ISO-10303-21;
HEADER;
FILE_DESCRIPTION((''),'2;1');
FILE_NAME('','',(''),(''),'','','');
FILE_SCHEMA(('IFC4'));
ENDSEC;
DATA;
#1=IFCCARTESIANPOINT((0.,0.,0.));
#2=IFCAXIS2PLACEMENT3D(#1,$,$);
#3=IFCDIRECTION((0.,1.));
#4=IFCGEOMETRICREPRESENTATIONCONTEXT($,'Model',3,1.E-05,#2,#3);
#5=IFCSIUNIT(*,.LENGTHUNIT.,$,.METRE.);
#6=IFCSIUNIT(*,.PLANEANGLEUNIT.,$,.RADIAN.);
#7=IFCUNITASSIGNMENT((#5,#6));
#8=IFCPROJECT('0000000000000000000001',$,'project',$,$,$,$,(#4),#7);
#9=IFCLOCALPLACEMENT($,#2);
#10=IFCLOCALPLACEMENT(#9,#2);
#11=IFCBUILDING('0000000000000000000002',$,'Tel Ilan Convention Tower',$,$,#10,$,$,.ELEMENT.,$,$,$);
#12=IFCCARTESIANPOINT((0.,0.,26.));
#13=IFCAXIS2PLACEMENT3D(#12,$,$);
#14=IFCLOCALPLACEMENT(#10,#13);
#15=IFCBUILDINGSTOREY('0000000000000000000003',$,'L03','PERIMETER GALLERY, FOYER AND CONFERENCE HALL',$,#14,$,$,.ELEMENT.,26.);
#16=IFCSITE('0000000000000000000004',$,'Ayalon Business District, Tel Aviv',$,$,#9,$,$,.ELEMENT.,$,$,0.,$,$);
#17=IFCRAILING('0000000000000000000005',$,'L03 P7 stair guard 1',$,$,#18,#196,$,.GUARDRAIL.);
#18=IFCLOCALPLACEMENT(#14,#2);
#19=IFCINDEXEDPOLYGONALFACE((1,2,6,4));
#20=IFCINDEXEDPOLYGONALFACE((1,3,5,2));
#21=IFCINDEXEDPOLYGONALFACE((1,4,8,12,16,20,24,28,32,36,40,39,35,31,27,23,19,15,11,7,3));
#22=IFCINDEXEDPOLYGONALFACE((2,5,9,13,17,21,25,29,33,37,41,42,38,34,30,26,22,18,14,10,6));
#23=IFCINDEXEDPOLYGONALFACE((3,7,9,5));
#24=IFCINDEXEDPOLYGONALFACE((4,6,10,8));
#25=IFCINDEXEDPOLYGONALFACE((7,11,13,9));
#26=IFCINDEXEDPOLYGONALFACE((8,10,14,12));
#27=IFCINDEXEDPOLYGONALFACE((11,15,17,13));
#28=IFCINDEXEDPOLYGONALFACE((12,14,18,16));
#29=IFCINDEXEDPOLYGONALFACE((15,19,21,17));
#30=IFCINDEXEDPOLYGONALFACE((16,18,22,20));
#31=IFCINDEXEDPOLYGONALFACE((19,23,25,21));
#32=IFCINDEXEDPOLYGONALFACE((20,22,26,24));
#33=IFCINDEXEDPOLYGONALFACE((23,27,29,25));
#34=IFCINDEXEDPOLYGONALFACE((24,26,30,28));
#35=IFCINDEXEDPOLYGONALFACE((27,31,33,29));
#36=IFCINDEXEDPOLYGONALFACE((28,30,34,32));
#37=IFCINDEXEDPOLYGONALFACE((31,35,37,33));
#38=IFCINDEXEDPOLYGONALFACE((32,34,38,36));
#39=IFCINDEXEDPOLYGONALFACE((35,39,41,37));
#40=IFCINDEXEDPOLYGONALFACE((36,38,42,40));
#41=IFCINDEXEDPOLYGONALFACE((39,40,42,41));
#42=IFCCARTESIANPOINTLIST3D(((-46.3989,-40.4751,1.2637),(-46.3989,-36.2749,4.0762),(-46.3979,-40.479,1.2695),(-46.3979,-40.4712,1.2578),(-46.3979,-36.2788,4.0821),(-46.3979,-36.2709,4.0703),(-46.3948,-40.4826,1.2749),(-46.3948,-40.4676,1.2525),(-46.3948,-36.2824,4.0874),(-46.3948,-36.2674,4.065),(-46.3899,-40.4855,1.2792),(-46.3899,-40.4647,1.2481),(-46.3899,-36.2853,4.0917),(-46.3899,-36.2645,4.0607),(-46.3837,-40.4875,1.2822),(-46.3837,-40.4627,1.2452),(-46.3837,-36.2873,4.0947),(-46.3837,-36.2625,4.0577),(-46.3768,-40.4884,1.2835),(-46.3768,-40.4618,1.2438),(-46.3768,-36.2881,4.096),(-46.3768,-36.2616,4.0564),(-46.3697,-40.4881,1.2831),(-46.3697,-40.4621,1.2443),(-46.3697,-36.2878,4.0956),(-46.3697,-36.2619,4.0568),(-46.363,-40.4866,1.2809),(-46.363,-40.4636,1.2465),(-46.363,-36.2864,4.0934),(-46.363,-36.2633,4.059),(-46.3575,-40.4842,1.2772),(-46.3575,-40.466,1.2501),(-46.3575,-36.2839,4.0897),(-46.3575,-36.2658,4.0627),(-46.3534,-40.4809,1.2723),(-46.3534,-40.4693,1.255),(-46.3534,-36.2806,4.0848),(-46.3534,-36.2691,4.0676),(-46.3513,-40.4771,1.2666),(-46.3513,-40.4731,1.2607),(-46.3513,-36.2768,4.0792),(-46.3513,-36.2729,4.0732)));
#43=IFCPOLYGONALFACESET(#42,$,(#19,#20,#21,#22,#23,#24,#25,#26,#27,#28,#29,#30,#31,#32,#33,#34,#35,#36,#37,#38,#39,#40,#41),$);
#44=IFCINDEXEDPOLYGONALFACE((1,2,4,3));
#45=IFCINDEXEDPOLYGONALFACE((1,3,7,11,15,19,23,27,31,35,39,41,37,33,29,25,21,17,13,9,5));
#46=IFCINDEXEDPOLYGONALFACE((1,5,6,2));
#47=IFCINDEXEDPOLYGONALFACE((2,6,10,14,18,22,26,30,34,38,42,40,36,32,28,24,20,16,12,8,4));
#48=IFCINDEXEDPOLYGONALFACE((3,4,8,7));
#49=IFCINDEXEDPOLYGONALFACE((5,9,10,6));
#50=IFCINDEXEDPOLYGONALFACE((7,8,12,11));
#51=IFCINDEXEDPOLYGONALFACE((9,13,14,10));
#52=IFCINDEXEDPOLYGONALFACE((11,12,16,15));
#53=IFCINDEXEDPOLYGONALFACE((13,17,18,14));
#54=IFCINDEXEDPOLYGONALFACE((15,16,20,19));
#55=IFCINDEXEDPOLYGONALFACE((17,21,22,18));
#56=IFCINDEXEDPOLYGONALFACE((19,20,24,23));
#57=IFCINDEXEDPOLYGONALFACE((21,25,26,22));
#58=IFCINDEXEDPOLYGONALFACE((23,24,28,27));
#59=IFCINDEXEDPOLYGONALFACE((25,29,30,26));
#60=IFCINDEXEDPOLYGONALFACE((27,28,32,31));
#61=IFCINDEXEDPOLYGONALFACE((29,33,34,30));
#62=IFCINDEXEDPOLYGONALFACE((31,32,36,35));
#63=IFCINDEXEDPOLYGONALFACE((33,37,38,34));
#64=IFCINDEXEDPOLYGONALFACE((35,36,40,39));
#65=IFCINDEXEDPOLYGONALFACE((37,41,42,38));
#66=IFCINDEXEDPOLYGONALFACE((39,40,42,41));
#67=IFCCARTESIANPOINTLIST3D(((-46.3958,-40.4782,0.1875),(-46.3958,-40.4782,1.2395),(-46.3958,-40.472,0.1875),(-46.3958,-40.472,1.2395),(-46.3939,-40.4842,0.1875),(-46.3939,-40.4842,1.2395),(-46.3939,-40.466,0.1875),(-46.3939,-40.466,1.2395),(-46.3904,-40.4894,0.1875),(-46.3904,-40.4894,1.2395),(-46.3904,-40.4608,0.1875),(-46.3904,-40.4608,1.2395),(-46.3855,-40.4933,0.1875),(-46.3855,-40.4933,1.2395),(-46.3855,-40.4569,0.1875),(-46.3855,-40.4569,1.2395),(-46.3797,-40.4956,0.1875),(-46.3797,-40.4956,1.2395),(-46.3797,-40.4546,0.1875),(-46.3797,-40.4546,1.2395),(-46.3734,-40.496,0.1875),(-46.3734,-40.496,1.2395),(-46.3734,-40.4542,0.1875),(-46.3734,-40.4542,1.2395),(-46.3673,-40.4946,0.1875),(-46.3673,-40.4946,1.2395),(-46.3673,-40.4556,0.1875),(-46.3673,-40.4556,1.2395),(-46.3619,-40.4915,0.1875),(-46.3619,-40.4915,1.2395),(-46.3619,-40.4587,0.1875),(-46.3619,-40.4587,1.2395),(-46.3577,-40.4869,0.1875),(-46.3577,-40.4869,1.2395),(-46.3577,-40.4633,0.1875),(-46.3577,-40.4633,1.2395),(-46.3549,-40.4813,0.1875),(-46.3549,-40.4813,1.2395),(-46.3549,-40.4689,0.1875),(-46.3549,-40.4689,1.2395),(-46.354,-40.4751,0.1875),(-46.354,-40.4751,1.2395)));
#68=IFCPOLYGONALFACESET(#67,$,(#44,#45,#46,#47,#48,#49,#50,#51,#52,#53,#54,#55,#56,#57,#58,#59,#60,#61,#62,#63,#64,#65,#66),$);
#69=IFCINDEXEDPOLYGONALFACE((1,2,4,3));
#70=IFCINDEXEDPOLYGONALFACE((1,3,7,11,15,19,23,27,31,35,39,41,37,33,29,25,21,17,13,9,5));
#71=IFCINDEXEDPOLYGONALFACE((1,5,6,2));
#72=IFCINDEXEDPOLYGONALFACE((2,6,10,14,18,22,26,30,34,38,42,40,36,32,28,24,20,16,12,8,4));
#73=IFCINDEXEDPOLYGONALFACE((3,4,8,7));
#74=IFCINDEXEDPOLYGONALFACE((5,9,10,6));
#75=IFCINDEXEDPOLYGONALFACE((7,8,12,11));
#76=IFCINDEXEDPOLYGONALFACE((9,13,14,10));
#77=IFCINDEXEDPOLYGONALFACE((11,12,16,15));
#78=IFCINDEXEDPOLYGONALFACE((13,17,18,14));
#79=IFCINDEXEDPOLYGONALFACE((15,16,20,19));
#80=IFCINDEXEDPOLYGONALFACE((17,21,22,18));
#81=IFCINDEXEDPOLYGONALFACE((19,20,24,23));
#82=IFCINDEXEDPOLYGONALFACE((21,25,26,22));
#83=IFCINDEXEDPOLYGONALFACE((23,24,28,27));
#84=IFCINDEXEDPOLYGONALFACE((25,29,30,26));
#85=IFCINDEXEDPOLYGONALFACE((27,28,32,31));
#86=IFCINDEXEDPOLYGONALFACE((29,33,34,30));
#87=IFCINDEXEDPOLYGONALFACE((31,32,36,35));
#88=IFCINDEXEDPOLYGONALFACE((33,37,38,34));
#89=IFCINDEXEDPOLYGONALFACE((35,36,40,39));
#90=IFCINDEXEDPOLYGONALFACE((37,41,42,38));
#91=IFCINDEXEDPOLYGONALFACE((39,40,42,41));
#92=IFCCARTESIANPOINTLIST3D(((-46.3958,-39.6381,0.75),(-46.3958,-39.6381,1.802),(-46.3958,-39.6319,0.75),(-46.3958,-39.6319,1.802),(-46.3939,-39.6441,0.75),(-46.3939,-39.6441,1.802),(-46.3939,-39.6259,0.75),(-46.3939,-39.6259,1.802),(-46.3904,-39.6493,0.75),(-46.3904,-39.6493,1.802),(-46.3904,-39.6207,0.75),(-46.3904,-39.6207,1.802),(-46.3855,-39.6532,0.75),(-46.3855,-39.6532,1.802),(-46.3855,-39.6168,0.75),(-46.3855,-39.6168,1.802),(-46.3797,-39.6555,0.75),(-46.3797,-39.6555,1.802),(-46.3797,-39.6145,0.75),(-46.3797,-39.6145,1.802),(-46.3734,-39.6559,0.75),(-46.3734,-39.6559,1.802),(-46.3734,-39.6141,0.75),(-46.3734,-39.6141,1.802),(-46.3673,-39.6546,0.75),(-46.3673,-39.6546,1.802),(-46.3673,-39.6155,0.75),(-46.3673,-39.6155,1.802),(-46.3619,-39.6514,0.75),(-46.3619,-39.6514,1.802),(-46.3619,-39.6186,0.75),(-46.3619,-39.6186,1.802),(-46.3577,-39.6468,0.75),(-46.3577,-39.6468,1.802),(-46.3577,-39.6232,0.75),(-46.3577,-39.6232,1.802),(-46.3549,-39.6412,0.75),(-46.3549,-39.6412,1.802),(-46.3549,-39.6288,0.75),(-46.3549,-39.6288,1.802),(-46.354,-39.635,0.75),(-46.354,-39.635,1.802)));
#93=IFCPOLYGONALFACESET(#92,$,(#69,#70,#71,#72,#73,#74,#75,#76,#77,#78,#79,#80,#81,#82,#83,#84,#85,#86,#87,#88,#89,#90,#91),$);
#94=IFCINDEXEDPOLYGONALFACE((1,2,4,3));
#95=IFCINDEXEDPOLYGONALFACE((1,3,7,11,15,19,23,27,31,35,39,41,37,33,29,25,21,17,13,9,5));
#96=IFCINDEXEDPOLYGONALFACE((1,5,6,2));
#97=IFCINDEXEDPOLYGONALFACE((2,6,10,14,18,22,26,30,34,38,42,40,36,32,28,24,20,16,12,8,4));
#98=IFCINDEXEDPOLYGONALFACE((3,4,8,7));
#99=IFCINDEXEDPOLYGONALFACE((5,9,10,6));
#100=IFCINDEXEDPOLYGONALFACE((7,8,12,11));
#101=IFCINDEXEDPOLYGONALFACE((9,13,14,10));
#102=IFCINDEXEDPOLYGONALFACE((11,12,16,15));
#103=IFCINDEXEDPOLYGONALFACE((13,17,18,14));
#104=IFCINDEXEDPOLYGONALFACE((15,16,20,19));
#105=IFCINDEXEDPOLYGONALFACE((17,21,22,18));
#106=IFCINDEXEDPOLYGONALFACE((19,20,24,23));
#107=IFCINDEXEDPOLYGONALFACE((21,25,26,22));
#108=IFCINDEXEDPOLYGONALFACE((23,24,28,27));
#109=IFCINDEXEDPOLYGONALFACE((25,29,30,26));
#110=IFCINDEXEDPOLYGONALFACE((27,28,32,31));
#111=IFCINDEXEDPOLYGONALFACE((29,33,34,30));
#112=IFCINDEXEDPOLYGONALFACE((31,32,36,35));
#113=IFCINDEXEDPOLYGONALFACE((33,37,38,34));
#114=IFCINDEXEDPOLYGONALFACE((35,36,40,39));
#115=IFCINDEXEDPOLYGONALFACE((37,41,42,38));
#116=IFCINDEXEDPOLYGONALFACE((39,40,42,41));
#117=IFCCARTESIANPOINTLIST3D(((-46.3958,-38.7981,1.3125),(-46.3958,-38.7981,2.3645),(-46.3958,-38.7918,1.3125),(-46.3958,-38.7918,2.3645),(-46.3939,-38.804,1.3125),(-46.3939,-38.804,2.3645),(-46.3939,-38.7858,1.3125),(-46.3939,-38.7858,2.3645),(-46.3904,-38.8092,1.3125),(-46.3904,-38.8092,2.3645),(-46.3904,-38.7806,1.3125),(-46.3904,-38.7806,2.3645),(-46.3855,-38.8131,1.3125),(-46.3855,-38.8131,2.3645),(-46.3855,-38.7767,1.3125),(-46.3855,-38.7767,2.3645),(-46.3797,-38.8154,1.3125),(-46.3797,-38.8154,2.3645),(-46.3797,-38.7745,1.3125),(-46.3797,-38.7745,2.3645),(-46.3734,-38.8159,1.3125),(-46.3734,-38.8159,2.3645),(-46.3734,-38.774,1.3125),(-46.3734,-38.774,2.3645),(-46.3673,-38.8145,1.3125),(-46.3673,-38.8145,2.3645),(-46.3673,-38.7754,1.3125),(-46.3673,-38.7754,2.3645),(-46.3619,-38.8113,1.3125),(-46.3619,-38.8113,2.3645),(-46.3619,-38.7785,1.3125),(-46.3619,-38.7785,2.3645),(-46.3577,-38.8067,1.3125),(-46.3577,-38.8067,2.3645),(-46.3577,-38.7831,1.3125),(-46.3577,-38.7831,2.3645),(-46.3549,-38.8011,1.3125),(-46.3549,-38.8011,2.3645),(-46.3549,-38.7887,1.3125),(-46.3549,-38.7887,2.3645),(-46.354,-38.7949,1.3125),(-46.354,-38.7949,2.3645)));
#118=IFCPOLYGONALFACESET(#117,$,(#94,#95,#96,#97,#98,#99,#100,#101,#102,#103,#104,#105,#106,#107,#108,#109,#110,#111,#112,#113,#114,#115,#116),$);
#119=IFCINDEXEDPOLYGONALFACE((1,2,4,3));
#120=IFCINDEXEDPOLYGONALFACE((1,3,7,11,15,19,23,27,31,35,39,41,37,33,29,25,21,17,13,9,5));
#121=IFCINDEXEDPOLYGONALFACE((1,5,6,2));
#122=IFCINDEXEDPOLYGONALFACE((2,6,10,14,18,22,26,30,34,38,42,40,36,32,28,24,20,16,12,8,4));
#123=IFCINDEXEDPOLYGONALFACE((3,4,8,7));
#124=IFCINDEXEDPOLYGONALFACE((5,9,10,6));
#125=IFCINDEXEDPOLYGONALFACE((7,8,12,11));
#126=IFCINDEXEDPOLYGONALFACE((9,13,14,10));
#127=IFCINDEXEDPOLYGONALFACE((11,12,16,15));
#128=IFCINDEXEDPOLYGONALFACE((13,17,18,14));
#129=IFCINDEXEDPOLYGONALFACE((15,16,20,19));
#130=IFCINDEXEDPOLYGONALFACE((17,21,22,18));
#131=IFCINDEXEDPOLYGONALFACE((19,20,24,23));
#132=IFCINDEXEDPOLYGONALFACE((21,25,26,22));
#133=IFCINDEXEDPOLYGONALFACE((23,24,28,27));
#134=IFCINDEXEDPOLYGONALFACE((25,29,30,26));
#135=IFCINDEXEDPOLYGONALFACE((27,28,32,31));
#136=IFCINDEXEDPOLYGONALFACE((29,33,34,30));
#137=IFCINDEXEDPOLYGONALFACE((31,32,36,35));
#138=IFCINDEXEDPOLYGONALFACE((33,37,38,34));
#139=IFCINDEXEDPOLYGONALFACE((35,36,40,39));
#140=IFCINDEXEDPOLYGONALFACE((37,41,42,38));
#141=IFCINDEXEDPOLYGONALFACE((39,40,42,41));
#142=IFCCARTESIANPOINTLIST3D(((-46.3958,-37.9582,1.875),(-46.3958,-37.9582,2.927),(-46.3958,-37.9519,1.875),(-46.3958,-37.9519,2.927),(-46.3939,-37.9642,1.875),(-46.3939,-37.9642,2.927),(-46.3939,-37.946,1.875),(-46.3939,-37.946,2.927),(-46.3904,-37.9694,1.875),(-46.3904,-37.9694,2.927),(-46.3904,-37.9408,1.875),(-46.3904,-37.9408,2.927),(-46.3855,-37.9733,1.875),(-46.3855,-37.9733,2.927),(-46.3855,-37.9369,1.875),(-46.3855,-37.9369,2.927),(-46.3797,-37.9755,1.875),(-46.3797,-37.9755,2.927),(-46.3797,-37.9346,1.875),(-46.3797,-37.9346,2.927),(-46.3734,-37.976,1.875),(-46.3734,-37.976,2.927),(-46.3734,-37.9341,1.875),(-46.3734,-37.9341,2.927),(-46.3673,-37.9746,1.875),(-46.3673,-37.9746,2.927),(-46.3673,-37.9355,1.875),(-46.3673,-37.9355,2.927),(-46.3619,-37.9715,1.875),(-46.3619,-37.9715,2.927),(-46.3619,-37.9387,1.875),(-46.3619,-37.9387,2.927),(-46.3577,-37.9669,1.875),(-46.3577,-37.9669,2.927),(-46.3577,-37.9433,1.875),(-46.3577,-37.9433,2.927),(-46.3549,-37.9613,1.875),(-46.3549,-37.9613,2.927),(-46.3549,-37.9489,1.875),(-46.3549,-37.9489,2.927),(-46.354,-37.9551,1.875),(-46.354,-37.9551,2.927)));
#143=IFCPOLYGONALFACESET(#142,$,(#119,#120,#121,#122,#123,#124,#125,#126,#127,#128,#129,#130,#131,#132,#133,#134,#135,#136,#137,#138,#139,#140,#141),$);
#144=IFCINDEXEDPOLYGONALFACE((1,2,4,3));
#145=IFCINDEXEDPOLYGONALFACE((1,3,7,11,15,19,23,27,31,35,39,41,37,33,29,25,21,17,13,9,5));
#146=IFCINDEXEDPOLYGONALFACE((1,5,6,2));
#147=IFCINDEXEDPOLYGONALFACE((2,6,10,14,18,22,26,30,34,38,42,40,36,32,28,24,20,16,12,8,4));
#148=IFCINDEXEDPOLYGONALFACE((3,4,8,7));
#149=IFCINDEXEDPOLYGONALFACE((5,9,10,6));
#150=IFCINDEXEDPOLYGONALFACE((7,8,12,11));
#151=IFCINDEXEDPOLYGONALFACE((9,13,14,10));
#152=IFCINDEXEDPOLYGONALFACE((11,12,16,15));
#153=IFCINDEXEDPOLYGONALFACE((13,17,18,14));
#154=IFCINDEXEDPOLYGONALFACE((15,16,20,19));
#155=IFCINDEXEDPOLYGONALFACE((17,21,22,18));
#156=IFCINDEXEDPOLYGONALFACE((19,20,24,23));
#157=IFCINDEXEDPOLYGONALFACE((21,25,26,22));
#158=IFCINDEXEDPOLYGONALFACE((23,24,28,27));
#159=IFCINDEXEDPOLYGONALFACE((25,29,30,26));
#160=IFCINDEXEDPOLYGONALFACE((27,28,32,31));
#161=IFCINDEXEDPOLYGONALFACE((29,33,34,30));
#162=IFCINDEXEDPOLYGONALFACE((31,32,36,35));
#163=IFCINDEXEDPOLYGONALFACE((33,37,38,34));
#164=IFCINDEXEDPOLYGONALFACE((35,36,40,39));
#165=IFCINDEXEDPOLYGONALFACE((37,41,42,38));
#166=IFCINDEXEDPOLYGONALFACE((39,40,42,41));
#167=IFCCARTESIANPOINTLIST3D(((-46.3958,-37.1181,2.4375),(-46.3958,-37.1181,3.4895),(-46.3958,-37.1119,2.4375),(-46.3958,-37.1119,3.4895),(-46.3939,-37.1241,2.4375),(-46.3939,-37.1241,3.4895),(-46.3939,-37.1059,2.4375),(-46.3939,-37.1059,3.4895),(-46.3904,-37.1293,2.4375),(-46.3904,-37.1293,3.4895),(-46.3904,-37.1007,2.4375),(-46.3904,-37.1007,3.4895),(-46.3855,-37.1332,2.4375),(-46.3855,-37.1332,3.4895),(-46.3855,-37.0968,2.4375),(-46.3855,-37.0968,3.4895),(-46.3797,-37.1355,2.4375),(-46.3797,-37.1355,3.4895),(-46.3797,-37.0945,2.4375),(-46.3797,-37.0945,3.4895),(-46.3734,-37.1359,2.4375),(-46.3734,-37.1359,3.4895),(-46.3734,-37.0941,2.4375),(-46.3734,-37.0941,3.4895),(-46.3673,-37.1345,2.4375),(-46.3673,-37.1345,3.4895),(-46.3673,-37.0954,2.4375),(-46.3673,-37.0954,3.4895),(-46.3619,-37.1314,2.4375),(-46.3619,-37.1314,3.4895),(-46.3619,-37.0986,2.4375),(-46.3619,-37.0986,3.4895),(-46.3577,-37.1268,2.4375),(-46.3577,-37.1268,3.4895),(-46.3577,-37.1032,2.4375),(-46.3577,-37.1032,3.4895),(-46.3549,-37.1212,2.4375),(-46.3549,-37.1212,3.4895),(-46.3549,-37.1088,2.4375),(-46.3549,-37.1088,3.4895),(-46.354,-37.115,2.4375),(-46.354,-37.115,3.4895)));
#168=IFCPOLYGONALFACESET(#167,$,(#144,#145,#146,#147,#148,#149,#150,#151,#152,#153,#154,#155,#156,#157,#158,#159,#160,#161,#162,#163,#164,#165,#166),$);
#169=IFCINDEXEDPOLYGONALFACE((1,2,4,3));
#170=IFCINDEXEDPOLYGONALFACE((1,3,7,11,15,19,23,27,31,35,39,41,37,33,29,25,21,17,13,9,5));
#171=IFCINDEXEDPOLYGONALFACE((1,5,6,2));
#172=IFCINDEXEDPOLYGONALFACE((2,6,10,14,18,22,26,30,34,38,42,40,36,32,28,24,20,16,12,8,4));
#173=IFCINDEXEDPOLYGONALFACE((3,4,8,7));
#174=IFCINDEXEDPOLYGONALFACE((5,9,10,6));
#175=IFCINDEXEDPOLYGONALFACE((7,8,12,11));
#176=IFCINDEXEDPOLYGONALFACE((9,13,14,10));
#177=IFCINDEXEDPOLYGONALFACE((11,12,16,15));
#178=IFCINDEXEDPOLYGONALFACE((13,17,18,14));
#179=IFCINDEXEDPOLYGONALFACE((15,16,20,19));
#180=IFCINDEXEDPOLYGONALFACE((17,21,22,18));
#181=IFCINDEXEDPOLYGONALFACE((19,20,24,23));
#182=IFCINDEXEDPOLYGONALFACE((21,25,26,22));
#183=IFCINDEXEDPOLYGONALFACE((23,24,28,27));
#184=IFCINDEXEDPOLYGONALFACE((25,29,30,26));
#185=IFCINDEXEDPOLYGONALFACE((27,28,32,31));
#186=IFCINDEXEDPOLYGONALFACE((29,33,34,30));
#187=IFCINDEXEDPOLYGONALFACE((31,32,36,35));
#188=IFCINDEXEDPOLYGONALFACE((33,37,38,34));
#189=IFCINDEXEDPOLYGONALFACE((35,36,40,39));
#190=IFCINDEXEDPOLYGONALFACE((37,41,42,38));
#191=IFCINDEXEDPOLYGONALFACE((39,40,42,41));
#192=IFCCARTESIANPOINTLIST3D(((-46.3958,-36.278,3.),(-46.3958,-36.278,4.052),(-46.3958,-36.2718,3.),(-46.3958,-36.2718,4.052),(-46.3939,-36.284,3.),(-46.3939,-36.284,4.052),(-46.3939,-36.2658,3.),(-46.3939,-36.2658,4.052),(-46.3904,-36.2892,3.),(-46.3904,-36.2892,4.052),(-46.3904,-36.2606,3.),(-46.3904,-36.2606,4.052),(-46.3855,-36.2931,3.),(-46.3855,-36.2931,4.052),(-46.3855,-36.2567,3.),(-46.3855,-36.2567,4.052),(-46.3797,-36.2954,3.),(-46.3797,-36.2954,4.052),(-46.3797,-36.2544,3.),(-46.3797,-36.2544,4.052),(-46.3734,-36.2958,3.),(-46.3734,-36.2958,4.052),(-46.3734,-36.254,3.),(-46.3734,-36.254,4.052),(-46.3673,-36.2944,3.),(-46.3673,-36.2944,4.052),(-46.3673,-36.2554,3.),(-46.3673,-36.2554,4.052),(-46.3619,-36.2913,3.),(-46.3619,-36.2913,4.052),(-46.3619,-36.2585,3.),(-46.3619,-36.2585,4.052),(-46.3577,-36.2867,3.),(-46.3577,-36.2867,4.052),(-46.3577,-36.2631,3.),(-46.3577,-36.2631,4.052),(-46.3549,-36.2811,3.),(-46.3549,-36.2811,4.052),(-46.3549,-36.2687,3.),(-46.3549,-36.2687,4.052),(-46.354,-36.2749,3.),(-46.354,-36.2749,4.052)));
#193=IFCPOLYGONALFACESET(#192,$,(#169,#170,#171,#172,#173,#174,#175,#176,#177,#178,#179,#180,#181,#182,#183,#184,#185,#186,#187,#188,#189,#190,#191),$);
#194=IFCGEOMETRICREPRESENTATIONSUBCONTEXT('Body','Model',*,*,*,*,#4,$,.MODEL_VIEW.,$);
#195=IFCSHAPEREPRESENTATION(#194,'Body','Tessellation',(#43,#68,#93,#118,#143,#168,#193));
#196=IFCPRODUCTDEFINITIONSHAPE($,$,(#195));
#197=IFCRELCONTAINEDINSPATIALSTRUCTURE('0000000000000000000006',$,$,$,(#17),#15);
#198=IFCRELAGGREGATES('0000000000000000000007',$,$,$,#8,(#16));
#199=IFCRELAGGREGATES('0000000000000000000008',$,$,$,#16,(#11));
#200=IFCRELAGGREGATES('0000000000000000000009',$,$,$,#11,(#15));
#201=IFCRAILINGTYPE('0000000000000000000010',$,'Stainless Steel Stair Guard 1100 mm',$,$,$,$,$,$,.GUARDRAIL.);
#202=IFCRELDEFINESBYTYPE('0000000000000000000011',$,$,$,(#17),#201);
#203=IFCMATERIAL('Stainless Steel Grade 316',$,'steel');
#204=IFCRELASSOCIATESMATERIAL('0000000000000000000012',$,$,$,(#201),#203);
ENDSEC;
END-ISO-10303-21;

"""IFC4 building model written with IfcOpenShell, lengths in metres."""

from ifc_helpers import new_model, si_unit, direction, frame, origin, origin_2d, place, context, subcontext, project, spatial, circle, extrude, material, type_object, element, save


model = new_model("IFC4")

# Units and contexts
model_context = context("Model", 3, precision=1e-05, world=origin(), true_north=direction((0.0, 1.0)))
body_context = subcontext(model_context, "Body", "Model", "MODEL_VIEW")
ifc_project = project(units=[si_unit("LENGTHUNIT", "METRE"), si_unit("PLANEANGLEUNIT", "RADIAN")], contexts=[model_context])

# Site, building, storey
site_placement = place(None, origin())
site = spatial("IfcSite", under=ifc_project, at=site_placement, Name="Ayalon Business District, Tel Aviv", CompositionType="ELEMENT", RefElevation=0.0)
building_placement = place(site_placement, origin())
building = spatial("IfcBuilding", under=site, at=building_placement, Name="Tel Ilan Convention Tower", CompositionType="ELEMENT")
storey_placement = place(building_placement, frame((0.0, 0.0, 26.0)))
storey = spatial("IfcBuildingStorey", under=building, at=storey_placement, Name="L03", Description="PERIMETER GALLERY, FOYER AND CONFERENCE HALL", CompositionType="ELEMENT", Elevation=26.0)

# Railing
ifc_material_1 = material(Name="Stainless Steel Grade 316", Category="steel")
railing_type_1 = type_object("IfcRailingType", Name="Stainless Steel Stair Guard 1100 mm", PredefinedType="GUARDRAIL", material=ifc_material_1)
railing_1_placement = place(storey_placement, frame((-46.375, -40.4751, 0.1875)))
element("IfcRailing", 1, at=railing_1_placement, inside=storey, type_object=railing_type_1, Name="L03 P7 stair guard 1", PredefinedType="GUARDRAIL", context=body_context, shape_type="SweptSolid", body=[
    extrude(circle(Radius=0.0239, at=origin_2d()), frame((0.0, 0.0, 1.0762), z_axis=(0.0, 0.830919, 0.556393), x_axis=(-1.0, 0.0, 0.0)), (0.0, 0.0, 1.0), 5.0549),
    extrude(circle(Radius=0.021, at=origin_2d()), origin(), (0.0, 0.0, 1.0), 1.052),
    extrude(circle(Radius=0.021, at=origin_2d()), frame((0.0, 0.8401, 0.5625)), (0.0, 0.0, 1.0), 1.052),
    extrude(circle(Radius=0.021, at=origin_2d()), frame((0.0, 1.6802, 1.125)), (0.0, 0.0, 1.0), 1.052),
    extrude(circle(Radius=0.021, at=origin_2d()), frame((0.0, 2.52, 1.6875)), (0.0, 0.0, 1.0), 1.052),
    extrude(circle(Radius=0.021, at=origin_2d()), frame((0.0, 3.3601, 2.25)), (0.0, 0.0, 1.0), 1.052),
    extrude(circle(Radius=0.021, at=origin_2d()), frame((0.0, 4.2002, 2.8125)), (0.0, 0.0, 1.0), 1.052),
])

save(model, "model.ifc")
